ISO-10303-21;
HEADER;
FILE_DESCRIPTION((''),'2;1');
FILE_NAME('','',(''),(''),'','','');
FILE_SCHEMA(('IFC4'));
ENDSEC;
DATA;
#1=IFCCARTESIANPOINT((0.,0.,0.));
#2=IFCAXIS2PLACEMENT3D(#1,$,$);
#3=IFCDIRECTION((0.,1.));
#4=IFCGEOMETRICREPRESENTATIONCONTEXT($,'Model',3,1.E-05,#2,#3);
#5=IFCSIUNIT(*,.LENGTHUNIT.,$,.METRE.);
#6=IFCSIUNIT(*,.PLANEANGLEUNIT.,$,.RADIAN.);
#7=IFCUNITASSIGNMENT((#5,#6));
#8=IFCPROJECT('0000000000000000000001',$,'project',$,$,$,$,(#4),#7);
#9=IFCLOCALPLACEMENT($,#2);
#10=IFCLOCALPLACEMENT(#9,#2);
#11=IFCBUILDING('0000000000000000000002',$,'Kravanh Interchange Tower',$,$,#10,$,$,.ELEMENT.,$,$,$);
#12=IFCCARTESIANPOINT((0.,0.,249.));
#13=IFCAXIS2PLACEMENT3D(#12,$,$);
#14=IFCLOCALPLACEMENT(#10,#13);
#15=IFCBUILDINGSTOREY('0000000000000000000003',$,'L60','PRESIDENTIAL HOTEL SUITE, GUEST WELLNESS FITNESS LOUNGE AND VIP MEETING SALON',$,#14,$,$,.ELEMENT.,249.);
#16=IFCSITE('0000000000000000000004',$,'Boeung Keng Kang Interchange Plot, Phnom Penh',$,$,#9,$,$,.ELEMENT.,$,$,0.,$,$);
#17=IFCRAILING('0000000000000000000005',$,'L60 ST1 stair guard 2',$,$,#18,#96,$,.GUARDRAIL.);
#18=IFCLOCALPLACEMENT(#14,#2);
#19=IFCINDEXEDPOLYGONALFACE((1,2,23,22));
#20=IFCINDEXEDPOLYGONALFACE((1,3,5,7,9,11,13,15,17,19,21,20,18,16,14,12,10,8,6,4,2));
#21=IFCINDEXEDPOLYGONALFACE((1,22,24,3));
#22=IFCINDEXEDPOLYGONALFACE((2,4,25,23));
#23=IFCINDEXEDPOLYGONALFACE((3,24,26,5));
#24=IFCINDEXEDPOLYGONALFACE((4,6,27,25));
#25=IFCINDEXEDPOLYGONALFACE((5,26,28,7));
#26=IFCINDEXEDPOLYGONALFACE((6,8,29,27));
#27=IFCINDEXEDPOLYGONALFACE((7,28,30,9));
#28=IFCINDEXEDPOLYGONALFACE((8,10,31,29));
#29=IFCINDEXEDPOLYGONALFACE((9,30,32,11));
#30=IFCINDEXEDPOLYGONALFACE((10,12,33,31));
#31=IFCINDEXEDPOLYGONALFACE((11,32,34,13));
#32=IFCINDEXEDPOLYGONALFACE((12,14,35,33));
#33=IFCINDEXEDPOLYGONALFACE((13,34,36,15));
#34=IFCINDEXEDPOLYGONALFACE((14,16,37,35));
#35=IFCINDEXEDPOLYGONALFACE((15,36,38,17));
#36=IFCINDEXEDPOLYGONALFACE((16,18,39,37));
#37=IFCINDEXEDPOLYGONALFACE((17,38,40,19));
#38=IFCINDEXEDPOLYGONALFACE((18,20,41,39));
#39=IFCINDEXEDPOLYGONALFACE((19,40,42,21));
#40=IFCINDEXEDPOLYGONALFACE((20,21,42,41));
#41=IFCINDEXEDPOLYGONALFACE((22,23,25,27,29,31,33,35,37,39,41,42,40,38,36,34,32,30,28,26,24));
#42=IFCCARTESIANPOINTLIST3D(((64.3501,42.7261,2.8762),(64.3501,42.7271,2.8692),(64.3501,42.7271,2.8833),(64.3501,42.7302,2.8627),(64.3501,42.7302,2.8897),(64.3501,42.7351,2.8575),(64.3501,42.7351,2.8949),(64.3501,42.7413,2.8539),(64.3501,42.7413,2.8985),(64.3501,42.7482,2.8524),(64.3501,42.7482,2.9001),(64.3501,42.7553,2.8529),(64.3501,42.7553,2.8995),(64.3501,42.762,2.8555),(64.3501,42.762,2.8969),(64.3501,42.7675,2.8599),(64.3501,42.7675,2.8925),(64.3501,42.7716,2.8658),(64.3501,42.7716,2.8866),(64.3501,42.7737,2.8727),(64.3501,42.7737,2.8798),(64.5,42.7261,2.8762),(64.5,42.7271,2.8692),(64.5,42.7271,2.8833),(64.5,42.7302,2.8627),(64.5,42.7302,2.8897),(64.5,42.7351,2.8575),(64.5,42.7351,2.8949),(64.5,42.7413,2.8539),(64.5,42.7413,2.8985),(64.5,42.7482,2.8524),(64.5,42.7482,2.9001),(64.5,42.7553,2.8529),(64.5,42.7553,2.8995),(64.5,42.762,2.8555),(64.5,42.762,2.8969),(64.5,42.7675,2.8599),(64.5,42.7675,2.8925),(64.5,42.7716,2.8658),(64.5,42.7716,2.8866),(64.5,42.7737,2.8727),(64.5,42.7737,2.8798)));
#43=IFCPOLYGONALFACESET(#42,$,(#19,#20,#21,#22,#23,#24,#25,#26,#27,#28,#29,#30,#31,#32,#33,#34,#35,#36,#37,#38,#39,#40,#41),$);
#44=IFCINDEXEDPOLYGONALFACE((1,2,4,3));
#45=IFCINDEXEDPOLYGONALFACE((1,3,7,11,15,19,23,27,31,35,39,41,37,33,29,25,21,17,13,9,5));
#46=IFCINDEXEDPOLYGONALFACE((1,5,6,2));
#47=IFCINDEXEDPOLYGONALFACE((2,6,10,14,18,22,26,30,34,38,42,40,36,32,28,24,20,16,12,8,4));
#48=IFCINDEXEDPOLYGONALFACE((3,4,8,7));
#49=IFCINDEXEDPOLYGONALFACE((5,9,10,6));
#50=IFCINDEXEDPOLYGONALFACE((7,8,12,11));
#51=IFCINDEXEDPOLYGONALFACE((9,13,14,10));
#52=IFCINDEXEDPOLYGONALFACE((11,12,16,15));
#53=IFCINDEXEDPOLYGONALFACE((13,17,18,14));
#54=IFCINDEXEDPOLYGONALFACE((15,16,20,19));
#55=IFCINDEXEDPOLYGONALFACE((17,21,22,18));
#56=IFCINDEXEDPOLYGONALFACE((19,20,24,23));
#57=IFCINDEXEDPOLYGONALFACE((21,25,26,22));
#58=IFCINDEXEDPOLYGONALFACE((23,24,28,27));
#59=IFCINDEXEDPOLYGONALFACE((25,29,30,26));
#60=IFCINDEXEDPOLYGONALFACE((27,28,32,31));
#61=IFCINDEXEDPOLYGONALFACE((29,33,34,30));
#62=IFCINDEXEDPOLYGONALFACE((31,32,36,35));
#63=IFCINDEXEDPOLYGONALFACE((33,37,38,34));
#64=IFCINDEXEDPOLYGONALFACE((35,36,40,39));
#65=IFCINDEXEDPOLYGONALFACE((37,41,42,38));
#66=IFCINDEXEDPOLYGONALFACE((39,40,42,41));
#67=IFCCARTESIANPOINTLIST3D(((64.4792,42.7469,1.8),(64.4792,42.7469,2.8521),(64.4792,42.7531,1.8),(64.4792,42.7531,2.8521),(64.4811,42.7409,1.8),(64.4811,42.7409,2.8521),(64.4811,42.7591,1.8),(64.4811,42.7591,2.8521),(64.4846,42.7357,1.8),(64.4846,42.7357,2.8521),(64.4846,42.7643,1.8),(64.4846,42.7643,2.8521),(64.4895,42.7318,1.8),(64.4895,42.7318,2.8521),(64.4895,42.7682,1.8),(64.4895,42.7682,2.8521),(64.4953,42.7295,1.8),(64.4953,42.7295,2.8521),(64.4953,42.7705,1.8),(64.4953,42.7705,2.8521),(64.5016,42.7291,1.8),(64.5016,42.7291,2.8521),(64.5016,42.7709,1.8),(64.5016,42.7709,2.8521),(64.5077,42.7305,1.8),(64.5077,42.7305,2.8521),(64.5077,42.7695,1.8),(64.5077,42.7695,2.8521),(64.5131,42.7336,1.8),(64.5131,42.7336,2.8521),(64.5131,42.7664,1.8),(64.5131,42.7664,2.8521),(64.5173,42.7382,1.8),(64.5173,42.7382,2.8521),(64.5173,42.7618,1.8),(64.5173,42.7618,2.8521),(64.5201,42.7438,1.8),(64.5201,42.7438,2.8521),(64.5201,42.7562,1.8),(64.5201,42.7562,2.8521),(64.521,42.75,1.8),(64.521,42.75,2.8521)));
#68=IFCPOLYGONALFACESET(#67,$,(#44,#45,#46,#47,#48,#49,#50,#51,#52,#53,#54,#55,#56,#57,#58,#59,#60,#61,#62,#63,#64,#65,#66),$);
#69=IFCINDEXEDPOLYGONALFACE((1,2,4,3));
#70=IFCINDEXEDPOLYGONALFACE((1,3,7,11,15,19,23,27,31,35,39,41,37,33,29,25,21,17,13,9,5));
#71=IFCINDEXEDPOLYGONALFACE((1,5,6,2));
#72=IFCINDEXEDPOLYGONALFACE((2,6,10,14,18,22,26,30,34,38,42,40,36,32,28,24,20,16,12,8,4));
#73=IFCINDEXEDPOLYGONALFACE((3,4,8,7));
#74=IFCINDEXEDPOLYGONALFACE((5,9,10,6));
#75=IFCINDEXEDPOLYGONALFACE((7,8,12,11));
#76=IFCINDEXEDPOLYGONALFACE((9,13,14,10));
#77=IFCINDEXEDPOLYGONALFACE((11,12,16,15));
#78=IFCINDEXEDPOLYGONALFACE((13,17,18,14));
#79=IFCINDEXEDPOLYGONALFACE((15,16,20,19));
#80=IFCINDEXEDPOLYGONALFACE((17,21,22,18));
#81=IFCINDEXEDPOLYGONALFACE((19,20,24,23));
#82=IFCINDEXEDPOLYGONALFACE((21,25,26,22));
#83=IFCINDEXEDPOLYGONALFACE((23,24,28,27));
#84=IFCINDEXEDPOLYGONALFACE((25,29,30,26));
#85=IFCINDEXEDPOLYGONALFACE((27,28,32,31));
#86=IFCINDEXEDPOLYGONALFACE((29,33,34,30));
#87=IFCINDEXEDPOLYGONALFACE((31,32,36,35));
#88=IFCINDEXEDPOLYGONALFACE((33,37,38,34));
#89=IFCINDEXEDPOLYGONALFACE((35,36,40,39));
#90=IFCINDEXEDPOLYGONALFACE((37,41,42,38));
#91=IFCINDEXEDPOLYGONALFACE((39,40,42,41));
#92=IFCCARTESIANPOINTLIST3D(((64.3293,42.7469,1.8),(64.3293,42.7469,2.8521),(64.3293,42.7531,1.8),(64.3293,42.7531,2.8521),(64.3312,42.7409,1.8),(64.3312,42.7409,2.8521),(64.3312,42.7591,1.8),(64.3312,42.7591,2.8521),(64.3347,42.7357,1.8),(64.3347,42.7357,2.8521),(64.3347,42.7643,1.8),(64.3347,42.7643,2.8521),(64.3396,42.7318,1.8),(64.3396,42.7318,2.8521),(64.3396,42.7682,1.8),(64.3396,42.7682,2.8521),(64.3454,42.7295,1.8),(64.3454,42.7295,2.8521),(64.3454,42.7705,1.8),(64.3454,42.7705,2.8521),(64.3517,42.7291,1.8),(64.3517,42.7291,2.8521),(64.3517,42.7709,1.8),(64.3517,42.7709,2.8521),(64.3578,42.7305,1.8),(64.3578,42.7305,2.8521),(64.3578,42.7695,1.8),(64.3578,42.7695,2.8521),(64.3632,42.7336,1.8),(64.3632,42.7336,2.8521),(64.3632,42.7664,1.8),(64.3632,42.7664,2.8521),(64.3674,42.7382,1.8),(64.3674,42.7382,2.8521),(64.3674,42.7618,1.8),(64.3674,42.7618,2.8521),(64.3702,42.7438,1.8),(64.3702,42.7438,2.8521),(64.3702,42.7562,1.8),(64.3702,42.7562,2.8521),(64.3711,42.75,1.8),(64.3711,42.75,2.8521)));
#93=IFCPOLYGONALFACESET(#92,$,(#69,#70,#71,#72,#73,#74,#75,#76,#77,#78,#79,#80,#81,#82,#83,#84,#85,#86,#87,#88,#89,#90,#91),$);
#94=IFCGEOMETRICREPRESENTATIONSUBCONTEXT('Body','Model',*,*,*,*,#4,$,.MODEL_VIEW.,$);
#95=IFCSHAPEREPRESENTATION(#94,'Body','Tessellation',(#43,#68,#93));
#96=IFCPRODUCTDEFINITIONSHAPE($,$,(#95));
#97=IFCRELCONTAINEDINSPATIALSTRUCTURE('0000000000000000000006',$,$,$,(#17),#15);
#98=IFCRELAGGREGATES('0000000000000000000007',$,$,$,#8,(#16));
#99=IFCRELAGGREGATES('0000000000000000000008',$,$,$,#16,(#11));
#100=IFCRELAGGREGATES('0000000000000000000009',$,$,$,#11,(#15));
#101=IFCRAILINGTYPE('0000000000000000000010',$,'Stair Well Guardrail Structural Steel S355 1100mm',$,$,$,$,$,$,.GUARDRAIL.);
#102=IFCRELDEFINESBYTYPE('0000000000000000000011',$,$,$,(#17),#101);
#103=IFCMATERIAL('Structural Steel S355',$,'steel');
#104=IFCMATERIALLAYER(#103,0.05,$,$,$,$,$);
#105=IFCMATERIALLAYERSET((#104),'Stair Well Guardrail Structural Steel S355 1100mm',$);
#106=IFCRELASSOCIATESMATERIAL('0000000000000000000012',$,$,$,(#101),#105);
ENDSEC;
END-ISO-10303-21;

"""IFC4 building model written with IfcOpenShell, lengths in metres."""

from ifc_helpers import new_model, si_unit, direction, frame, origin, origin_2d, place, context, subcontext, project, spatial, circle, extrude, material, layer, layer_set, type_object, element, save


model = new_model("IFC4")

# Units and contexts
model_context = context("Model", 3, precision=1e-05, world=origin(), true_north=direction((0.0, 1.0)))
body_context = subcontext(model_context, "Body", "Model", "MODEL_VIEW")
ifc_project = project(units=[si_unit("LENGTHUNIT", "METRE"), si_unit("PLANEANGLEUNIT", "RADIAN")], contexts=[model_context])

# Site, building, storey
site_placement = place(None, origin())
site = spatial("IfcSite", under=ifc_project, at=site_placement, Name="Boeung Keng Kang Interchange Plot, Phnom Penh", CompositionType="ELEMENT", RefElevation=0.0)
building_placement = place(site_placement, origin())
building = spatial("IfcBuilding", under=site, at=building_placement, Name="Kravanh Interchange Tower", CompositionType="ELEMENT")
storey_placement = place(building_placement, frame((0.0, 0.0, 249.0)))
storey = spatial("IfcBuildingStorey", under=building, at=storey_placement, Name="L60", Description="PRESIDENTIAL HOTEL SUITE, GUEST WELLNESS FITNESS LOUNGE AND VIP MEETING SALON", CompositionType="ELEMENT", Elevation=249.0)

# Railing
ifc_material_1 = material(Name="Structural Steel S355", Category="steel")
ifc_layer_1 = layer(ifc_material_1, 0.05)
ifc_layer_set_1 = layer_set([ifc_layer_1], Name="Stair Well Guardrail Structural Steel S355 1100mm")
railing_type_1 = type_object("IfcRailingType", Name="Stair Well Guardrail Structural Steel S355 1100mm", PredefinedType="GUARDRAIL", material=ifc_layer_set_1)
railing_1_placement = place(storey_placement, frame((64.5, 42.75, 1.8)))
element("IfcRailing", 1, at=railing_1_placement, inside=storey, type_object=railing_type_1, Name="L60 ST1 stair guard 2", PredefinedType="GUARDRAIL", context=body_context, shape_type="SweptSolid", body=[
    extrude(circle(Radius=0.0239, at=origin_2d()), frame((0.0, 0.0, 1.0762), z_axis=(-1.0, 0.0, 0.0), x_axis=(0.0, -1.0, 0.0)), (0.0, 0.0, 1.0), 0.1499),
    extrude(circle(Radius=0.021, at=origin_2d()), origin(), (0.0, 0.0, 1.0), 1.052),
    extrude(circle(Radius=0.021, at=origin_2d()), frame((-0.1499, 0.0, 0.0)), (0.0, 0.0, 1.0), 1.052),
])

save(model, "model.ifc")
